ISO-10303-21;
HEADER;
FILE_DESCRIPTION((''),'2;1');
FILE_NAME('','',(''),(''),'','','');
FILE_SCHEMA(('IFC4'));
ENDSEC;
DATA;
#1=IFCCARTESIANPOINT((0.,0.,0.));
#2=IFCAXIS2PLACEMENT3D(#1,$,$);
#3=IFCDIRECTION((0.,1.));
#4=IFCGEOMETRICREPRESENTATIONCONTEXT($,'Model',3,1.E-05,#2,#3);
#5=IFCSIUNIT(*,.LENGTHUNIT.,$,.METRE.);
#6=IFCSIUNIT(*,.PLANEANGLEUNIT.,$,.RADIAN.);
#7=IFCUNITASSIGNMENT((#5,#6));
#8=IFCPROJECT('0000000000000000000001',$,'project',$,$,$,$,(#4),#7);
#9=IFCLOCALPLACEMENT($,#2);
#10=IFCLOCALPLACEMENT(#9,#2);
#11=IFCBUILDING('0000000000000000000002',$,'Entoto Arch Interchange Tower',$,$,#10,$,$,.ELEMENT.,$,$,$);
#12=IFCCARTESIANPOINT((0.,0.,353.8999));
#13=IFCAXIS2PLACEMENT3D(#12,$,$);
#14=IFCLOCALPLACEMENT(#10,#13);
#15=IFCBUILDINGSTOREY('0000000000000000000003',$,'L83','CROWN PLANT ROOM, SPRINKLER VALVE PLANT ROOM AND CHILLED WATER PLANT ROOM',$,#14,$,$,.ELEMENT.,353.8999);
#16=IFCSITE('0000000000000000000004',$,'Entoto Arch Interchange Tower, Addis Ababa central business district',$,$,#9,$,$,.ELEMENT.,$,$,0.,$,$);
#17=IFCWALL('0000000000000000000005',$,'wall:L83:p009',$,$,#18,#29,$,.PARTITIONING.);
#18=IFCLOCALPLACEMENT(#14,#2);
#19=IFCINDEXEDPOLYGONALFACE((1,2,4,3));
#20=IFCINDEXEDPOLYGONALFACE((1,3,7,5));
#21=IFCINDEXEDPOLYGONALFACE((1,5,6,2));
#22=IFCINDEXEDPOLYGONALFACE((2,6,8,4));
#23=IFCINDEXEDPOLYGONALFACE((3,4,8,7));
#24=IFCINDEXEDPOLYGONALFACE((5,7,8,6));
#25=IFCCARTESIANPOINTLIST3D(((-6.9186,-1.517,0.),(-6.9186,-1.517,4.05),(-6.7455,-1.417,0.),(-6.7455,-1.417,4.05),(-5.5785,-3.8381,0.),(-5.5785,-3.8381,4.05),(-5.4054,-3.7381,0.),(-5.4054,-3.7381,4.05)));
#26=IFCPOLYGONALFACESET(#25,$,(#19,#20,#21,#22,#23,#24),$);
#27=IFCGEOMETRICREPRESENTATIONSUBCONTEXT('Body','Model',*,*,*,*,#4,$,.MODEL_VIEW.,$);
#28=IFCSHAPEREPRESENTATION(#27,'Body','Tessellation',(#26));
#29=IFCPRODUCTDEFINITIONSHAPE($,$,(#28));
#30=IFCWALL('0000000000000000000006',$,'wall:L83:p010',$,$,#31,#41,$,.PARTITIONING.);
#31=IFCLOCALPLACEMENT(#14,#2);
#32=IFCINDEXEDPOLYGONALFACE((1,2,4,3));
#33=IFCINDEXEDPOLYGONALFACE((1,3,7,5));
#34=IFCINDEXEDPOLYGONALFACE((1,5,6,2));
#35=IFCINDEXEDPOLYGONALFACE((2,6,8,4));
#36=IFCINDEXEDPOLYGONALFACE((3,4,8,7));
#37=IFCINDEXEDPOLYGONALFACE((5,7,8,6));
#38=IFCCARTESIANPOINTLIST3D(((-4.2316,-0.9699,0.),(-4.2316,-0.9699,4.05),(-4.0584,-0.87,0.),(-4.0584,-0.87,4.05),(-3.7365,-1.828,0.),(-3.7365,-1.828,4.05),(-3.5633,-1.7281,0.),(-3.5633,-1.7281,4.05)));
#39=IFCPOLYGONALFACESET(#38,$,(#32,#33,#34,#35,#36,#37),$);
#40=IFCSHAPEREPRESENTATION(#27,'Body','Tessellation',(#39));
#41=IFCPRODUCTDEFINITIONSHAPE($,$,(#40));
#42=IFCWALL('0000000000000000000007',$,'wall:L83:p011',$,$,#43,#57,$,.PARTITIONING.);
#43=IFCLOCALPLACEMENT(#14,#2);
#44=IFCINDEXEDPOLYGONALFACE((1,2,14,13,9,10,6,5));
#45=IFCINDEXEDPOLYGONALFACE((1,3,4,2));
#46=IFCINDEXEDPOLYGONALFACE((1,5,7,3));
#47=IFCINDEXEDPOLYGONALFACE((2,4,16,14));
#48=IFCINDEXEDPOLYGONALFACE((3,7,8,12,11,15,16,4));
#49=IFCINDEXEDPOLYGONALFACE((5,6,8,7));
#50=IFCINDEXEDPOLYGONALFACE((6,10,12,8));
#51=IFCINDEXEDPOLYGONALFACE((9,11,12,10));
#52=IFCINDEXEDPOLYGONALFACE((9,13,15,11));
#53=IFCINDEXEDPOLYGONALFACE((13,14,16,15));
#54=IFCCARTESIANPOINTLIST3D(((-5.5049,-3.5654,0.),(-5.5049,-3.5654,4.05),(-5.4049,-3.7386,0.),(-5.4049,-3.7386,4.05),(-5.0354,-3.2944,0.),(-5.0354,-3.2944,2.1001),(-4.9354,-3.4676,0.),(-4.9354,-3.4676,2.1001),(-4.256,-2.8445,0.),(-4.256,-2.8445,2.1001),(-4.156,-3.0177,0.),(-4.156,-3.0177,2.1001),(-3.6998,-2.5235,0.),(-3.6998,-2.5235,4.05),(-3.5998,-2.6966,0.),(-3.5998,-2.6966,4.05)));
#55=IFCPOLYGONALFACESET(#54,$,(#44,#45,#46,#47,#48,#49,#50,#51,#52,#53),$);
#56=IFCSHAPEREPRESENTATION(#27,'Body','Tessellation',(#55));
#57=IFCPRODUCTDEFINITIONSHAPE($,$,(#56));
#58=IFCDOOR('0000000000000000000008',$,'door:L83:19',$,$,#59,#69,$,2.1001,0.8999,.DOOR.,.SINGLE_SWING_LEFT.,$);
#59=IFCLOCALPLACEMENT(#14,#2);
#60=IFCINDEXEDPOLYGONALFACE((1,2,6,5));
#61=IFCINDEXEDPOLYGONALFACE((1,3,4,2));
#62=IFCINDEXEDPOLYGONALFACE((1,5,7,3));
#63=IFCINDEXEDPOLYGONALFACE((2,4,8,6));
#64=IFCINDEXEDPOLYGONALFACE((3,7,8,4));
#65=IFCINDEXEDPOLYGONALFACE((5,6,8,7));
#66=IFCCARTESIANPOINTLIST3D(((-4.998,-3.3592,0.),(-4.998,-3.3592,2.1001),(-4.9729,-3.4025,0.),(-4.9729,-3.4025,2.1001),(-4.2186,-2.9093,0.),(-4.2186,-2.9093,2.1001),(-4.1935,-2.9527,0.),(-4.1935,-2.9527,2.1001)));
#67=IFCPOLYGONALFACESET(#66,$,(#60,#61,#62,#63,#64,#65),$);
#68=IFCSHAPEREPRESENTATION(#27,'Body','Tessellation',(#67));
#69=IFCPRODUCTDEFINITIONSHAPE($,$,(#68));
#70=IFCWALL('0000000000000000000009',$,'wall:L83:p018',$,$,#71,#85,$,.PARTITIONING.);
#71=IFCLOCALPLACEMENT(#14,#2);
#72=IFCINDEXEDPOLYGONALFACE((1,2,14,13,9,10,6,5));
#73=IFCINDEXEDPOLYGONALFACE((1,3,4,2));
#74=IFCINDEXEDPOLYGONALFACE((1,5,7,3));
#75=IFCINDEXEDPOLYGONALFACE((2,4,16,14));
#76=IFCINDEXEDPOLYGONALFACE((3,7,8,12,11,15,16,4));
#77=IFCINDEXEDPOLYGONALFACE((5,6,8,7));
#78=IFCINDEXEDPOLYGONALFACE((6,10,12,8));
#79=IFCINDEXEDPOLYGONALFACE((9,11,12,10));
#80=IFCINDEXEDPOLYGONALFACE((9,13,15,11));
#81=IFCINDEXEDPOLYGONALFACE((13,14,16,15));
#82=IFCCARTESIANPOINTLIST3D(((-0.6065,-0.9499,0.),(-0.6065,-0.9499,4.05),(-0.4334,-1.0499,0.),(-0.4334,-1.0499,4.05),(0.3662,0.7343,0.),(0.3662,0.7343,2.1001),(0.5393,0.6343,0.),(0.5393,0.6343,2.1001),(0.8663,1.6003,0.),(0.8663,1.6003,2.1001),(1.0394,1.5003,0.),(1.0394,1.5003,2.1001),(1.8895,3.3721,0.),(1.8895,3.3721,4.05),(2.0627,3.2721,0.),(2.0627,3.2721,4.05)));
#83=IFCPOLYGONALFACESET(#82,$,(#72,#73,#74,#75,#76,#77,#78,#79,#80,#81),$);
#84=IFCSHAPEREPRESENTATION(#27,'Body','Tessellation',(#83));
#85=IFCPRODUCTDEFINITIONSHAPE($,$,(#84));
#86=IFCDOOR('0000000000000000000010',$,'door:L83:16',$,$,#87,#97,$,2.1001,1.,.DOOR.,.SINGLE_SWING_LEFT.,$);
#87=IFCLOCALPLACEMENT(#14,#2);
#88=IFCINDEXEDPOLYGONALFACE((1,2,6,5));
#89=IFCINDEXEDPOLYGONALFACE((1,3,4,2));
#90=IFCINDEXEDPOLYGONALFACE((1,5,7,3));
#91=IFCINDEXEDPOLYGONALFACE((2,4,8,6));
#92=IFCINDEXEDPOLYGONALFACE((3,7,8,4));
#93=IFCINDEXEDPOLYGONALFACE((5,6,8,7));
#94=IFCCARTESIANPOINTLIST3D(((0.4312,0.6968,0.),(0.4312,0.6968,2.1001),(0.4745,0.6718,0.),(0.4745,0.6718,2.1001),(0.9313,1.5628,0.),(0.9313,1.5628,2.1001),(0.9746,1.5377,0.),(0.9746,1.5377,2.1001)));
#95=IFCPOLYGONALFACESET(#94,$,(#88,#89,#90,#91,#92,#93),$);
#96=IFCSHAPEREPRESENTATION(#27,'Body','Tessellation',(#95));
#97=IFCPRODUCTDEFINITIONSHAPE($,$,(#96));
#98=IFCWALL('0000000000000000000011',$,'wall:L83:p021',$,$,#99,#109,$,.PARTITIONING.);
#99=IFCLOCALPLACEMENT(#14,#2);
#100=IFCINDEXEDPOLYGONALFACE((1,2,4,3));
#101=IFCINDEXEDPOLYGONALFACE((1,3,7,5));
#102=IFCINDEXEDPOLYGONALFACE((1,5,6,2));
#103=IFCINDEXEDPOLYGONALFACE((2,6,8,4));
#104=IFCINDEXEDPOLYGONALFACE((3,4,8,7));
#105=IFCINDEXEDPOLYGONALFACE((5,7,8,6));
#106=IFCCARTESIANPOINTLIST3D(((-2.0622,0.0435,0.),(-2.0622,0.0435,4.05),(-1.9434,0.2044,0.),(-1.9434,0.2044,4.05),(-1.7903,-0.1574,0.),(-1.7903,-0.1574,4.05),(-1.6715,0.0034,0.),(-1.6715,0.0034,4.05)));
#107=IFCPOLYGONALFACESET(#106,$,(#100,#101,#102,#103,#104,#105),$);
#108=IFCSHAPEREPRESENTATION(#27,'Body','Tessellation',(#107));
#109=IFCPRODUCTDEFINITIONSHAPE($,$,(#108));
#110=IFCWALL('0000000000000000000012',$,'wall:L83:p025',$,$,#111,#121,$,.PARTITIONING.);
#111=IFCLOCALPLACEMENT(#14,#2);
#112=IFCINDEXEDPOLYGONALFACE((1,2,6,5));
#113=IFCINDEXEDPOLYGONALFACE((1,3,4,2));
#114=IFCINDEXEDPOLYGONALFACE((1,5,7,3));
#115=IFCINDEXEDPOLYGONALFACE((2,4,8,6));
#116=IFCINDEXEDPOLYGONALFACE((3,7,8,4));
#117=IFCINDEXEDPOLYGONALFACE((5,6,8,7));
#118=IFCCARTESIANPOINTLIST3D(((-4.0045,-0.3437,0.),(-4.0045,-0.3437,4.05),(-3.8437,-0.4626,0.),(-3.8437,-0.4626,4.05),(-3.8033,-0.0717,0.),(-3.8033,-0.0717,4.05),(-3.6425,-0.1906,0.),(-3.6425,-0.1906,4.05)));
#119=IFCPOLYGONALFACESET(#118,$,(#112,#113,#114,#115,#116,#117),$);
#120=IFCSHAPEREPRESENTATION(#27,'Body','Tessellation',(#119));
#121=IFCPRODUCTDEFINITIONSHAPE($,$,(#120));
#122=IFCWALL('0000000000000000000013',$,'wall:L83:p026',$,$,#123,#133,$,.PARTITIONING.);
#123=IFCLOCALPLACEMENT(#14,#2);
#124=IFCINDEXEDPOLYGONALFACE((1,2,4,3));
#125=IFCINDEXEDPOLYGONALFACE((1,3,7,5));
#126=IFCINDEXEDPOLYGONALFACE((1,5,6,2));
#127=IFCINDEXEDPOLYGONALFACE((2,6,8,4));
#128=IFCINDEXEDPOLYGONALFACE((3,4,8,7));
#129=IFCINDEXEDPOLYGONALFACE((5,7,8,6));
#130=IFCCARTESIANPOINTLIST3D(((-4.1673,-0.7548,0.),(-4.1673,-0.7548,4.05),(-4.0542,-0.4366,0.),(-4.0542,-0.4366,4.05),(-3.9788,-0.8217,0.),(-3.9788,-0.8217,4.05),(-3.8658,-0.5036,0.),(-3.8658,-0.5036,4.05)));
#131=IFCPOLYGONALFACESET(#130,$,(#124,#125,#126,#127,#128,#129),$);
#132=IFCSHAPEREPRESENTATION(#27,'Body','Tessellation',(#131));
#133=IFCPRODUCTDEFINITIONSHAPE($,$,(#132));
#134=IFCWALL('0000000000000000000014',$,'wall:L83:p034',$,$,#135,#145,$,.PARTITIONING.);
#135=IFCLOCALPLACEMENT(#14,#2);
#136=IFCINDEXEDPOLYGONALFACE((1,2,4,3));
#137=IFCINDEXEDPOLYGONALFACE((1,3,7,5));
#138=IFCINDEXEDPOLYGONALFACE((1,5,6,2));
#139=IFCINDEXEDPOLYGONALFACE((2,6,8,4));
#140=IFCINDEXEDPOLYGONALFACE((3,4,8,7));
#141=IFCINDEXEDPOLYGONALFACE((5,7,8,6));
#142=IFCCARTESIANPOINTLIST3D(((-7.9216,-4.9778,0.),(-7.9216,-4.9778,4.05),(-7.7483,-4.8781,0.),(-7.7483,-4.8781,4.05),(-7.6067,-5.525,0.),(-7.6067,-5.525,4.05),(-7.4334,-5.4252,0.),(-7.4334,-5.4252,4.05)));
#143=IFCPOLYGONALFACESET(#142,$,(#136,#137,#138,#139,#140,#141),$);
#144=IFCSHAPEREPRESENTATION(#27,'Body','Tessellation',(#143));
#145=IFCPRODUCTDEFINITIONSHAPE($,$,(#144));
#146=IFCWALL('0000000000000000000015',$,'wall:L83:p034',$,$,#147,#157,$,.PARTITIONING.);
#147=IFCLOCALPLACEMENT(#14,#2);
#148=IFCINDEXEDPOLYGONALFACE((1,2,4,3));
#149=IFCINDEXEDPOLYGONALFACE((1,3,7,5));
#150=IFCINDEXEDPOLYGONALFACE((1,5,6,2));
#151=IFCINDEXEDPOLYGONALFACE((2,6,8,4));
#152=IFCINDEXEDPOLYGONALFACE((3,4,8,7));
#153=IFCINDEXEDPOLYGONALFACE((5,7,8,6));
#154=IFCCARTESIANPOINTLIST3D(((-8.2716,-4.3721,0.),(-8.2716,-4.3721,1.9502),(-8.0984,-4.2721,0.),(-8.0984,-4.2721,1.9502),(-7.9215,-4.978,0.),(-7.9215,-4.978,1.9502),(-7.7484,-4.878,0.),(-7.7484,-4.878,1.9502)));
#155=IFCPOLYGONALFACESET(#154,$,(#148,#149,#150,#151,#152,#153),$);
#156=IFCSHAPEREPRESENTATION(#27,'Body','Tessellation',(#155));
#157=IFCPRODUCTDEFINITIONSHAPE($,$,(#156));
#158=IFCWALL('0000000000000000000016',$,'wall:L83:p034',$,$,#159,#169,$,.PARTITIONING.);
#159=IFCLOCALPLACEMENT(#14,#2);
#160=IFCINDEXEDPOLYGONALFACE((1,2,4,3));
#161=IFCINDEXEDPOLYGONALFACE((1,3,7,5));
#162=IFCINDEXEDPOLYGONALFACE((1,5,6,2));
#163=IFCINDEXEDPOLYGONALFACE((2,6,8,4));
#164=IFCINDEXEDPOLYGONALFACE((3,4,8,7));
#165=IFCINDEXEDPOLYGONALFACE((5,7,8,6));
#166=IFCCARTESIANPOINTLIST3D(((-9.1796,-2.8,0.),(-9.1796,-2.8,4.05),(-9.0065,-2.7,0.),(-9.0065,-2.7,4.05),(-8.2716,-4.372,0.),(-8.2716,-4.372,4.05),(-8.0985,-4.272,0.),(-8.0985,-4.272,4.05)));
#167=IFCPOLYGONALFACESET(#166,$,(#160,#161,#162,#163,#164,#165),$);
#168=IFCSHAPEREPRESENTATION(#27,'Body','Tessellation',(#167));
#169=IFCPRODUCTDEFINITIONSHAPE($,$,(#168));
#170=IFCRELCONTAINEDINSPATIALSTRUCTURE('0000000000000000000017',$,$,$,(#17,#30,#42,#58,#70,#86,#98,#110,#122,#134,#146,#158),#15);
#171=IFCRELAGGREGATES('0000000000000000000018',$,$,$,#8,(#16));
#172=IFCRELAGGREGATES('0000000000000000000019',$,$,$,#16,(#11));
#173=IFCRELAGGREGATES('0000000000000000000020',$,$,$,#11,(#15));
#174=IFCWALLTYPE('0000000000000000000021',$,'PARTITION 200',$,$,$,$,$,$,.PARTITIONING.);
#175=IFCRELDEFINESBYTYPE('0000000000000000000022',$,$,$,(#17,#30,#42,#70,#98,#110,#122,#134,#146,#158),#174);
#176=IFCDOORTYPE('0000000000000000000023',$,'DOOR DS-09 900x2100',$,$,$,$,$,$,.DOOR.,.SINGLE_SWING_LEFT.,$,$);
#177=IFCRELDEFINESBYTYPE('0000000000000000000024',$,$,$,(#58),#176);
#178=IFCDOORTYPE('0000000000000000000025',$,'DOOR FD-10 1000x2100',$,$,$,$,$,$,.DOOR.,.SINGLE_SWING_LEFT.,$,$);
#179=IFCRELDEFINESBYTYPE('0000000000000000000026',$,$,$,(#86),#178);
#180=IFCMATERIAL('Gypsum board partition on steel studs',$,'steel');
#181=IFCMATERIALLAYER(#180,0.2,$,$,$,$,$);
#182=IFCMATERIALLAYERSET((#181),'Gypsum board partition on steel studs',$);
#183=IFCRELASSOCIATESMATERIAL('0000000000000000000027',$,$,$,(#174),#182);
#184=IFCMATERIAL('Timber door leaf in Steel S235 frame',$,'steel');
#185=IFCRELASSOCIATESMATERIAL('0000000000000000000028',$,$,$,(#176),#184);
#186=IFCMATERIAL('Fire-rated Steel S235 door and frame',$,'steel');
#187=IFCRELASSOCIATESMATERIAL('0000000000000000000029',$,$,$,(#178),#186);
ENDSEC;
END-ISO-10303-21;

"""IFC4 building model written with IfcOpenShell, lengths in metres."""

from ifc_helpers import new_model, si_unit, direction, frame, frame_2d, origin, place, context, subcontext, project, spatial, rectangle, extrude, material, layer, layer_set, type_object, element, fill, save


model = new_model("IFC4")

# Units and contexts
model_context = context("Model", 3, precision=1e-05, world=origin(), true_north=direction((0.0, 1.0)))
body_context = subcontext(model_context, "Body", "Model", "MODEL_VIEW")
ifc_project = project(units=[si_unit("LENGTHUNIT", "METRE"), si_unit("PLANEANGLEUNIT", "RADIAN")], contexts=[model_context])

# Site, building, storey
site_placement = place(None, origin())
site = spatial("IfcSite", under=ifc_project, at=site_placement, Name="Entoto Arch Interchange Tower, Addis Ababa central business district", CompositionType="ELEMENT", RefElevation=0.0)
building_placement = place(site_placement, origin())
building = spatial("IfcBuilding", under=site, at=building_placement, Name="Entoto Arch Interchange Tower", CompositionType="ELEMENT")
storey_placement = place(building_placement, frame((0.0, 0.0, 353.8999)))
storey = spatial("IfcBuildingStorey", under=building, at=storey_placement, Name="L83", Description="CROWN PLANT ROOM, SPRINKLER VALVE PLANT ROOM AND CHILLED WATER PLANT ROOM", CompositionType="ELEMENT", Elevation=353.8999)

# Walls
ifc_material_1 = material(Name="Gypsum board partition on steel studs", Category="steel")
ifc_layer_1 = layer(ifc_material_1, 0.2)
ifc_layer_set_1 = layer_set([ifc_layer_1], Name="Gypsum board partition on steel studs")
wall_type_1 = type_object("IfcWallType", Name="PARTITION 200", PredefinedType="PARTITIONING", material=ifc_layer_set_1)
wall_1_placement = place(storey_placement, frame((-5.4919, -3.7881, 0.0), z_axis=(0.0, 0.0, 1.0), x_axis=(-0.500009, 0.86602, 0.0)))
element("IfcWall", 1, at=wall_1_placement, inside=storey, type_object=wall_type_1, Name="wall:L83:p009", PredefinedType="PARTITIONING", context=body_context, shape_type="SweptSolid", body=[
    extrude(rectangle(XDim=2.6802, YDim=0.2, at=frame_2d((1.3401, 0.0))), origin(), (0.0, 0.0, 1.0), 4.05),
])
wall_2_placement = place(storey_placement, frame((-4.145, -0.9199, 0.0), z_axis=(0.0, 0.0, 1.0), x_axis=(0.499744, -0.866173, 0.0)))
element("IfcWall", 2, at=wall_2_placement, inside=storey, type_object=wall_type_1, Name="wall:L83:p010", PredefinedType="PARTITIONING", context=body_context, shape_type="SweptSolid", body=[
    extrude(rectangle(XDim=0.9907, YDim=0.2, at=frame_2d((0.4954, 0.0))), origin(), (0.0, 0.0, 1.0), 4.05),
])

# Walls, openings, doors
wall_3_placement = place(storey_placement, frame((-3.6499, -2.6101, 0.0), z_axis=(0.0, 0.0, 1.0), x_axis=(-0.866072, -0.499918, 0.0)))
wall_3 = element("IfcWall", 3, at=wall_3_placement, inside=storey, type_object=wall_type_1, Name="wall:L83:p011", PredefinedType="PARTITIONING", context=body_context, shape_type="SweptSolid", body=[
    extrude(rectangle(XDim=2.0842, YDim=0.2, at=frame_2d((1.042, 0.0))), origin(), (0.0, 0.0, 1.0), 4.05),
])
opening_1_placement = place(wall_3_placement, frame((0.6421, 0.0, 0.0)))
opening_1 = element("IfcOpeningElement", 4, at=opening_1_placement, cuts=wall_3, PredefinedType="OPENING", context=body_context, shape_type="SweptSolid", body=[
    extrude(rectangle(XDim=0.8999, YDim=2.1001, at=frame_2d((0.45, 1.05))), frame((0.0, 0.1099, 0.0), z_axis=(0.0, -1.0, 0.0), x_axis=(1.0, 0.0, 0.0)), (0.0, 0.0, 1.0), 0.22),
])
ifc_material_2 = material(Name="Timber door leaf in Steel S235 frame", Category="steel")
door_type_1 = type_object("IfcDoorType", Name="DOOR DS-09 900x2100", OperationType="SINGLE_SWING_LEFT", PredefinedType="DOOR", material=ifc_material_2)
door_1_placement = place(opening_1_placement, origin())
door_1 = element("IfcDoor", 5, at=door_1_placement, inside=storey, type_object=door_type_1, Name="door:L83:19", OperationType="SINGLE_SWING_LEFT", OverallHeight=2.1001, OverallWidth=0.8999, PredefinedType="DOOR", context=body_context, shape_type="SweptSolid", body=[
    extrude(rectangle(XDim=0.8999, YDim=2.1001, at=frame_2d((0.45, 1.05))), frame((0.0, 0.0249, 0.0), z_axis=(0.0, -1.0, 0.0), x_axis=(1.0, 0.0, 0.0)), (0.0, 0.0, 1.0), 0.05),
])
fill(opening_1, door_1)
wall_4_placement = place(storey_placement, frame((-0.52, -1.0, 0.0), z_axis=(0.0, 0.0, 1.0), x_axis=(0.500116, 0.865958, 0.0)))
wall_4 = element("IfcWall", 6, at=wall_4_placement, inside=storey, type_object=wall_type_1, Name="wall:L83:p018", PredefinedType="PARTITIONING", context=body_context, shape_type="SweptSolid", body=[
    extrude(rectangle(XDim=4.991, YDim=0.2, at=frame_2d((2.4956, 0.0))), origin(), (0.0, 0.0, 1.0), 4.05),
])
opening_2_placement = place(wall_4_placement, frame((1.9451, 0.0, 0.0)))
opening_2 = element("IfcOpeningElement", 7, at=opening_2_placement, cuts=wall_4, PredefinedType="OPENING", context=body_context, shape_type="SweptSolid", body=[
    extrude(rectangle(XDim=1.0, YDim=2.1001, at=frame_2d((0.5, 1.05))), frame((0.0, 0.1099, 0.0), z_axis=(0.0, -1.0, 0.0), x_axis=(1.0, 0.0, 0.0)), (0.0, 0.0, 1.0), 0.22),
])
ifc_material_3 = material(Name="Fire-rated Steel S235 door and frame", Category="steel")
door_type_2 = type_object("IfcDoorType", Name="DOOR FD-10 1000x2100", OperationType="SINGLE_SWING_LEFT", PredefinedType="DOOR", material=ifc_material_3)
door_2_placement = place(opening_2_placement, origin())
door_2 = element("IfcDoor", 8, at=door_2_placement, inside=storey, type_object=door_type_2, Name="door:L83:16", OperationType="SINGLE_SWING_LEFT", OverallHeight=2.1001, OverallWidth=1.0, PredefinedType="DOOR", context=body_context, shape_type="SweptSolid", body=[
    extrude(rectangle(XDim=1.0, YDim=2.1001, at=frame_2d((0.5, 1.05))), frame((0.0, 0.0249, 0.0), z_axis=(0.0, -1.0, 0.0), x_axis=(1.0, 0.0, 0.0)), (0.0, 0.0, 1.0), 0.05),
])
fill(opening_2, door_2)

# Walls
wall_5_placement = place(storey_placement, frame((-1.731, -0.0769, 0.0), z_axis=(0.0, 0.0, 1.0), x_axis=(-0.804311, 0.594208, 0.0)))
element("IfcWall", 9, at=wall_5_placement, inside=storey, type_object=wall_type_1, Name="wall:L83:p021", PredefinedType="PARTITIONING", context=body_context, shape_type="SweptSolid", body=[
    extrude(rectangle(XDim=0.3381, YDim=0.2, at=frame_2d((0.1689, 0.0))), origin(), (0.0, 0.0, 1.0), 4.05),
])
wall_6_placement = place(storey_placement, frame((-3.7229, -0.1311, 0.0), z_axis=(0.0, 0.0, 1.0), x_axis=(-0.594675, -0.803966, 0.0)))
element("IfcWall", 10, at=wall_6_placement, inside=storey, type_object=wall_type_1, Name="wall:L83:p025", PredefinedType="PARTITIONING", context=body_context, shape_type="SweptSolid", body=[
    extrude(rectangle(XDim=0.3384, YDim=0.2, at=frame_2d((0.1692, 0.0))), origin(), (0.0, 0.0, 1.0), 4.05),
])
wall_7_placement = place(storey_placement, frame((-3.96, -0.47, 0.0), z_axis=(0.0, 0.0, 1.0), x_axis=(-0.334824, -0.942281, 0.0)))
element("IfcWall", 11, at=wall_7_placement, inside=storey, type_object=wall_type_1, Name="wall:L83:p026", PredefinedType="PARTITIONING", context=body_context, shape_type="SweptSolid", body=[
    extrude(rectangle(XDim=0.3376, YDim=0.2, at=frame_2d((0.1689, 0.0))), origin(), (0.0, 0.0, 1.0), 4.05),
])
wall_8_placement = place(storey_placement, frame((-7.52, -5.4751, 0.0), z_axis=(0.0, 0.0, 1.0), x_axis=(-0.498885, 0.866668, 0.0)))
element("IfcWall", 12, at=wall_8_placement, inside=storey, type_object=wall_type_1, Name="wall:L83:p034", PredefinedType="PARTITIONING", context=body_context, shape_type="SweptSolid", body=[
    extrude(rectangle(XDim=0.6313, YDim=0.2, at=frame_2d((0.3157, 0.0))), origin(), (0.0, 0.0, 1.0), 4.05),
])
wall_9_placement = place(storey_placement, frame((-7.835, -4.928, 0.0), z_axis=(0.0, 0.0, 1.0), x_axis=(-0.500266, 0.865872, 0.0)))
element("IfcWall", 13, at=wall_9_placement, inside=storey, type_object=wall_type_1, Name="wall:L83:p034", PredefinedType="PARTITIONING", context=body_context, shape_type="SweptSolid", body=[
    extrude(rectangle(XDim=0.6997, YDim=0.2, at=frame_2d((0.3499, 0.0))), origin(), (0.0, 0.0, 1.0), 1.9502),
])
wall_10_placement = place(storey_placement, frame((-8.1851, -4.322, 0.0), z_axis=(0.0, 0.0, 1.0), x_axis=(-0.500145, 0.865941, 0.0)))
element("IfcWall", 14, at=wall_10_placement, inside=storey, type_object=wall_type_1, Name="wall:L83:p034", PredefinedType="PARTITIONING", context=body_context, shape_type="SweptSolid", body=[
    extrude(rectangle(XDim=1.8154, YDim=0.2, at=frame_2d((0.9077, 0.0))), origin(), (0.0, 0.0, 1.0), 4.05),
])

save(model, "model.ifc")
